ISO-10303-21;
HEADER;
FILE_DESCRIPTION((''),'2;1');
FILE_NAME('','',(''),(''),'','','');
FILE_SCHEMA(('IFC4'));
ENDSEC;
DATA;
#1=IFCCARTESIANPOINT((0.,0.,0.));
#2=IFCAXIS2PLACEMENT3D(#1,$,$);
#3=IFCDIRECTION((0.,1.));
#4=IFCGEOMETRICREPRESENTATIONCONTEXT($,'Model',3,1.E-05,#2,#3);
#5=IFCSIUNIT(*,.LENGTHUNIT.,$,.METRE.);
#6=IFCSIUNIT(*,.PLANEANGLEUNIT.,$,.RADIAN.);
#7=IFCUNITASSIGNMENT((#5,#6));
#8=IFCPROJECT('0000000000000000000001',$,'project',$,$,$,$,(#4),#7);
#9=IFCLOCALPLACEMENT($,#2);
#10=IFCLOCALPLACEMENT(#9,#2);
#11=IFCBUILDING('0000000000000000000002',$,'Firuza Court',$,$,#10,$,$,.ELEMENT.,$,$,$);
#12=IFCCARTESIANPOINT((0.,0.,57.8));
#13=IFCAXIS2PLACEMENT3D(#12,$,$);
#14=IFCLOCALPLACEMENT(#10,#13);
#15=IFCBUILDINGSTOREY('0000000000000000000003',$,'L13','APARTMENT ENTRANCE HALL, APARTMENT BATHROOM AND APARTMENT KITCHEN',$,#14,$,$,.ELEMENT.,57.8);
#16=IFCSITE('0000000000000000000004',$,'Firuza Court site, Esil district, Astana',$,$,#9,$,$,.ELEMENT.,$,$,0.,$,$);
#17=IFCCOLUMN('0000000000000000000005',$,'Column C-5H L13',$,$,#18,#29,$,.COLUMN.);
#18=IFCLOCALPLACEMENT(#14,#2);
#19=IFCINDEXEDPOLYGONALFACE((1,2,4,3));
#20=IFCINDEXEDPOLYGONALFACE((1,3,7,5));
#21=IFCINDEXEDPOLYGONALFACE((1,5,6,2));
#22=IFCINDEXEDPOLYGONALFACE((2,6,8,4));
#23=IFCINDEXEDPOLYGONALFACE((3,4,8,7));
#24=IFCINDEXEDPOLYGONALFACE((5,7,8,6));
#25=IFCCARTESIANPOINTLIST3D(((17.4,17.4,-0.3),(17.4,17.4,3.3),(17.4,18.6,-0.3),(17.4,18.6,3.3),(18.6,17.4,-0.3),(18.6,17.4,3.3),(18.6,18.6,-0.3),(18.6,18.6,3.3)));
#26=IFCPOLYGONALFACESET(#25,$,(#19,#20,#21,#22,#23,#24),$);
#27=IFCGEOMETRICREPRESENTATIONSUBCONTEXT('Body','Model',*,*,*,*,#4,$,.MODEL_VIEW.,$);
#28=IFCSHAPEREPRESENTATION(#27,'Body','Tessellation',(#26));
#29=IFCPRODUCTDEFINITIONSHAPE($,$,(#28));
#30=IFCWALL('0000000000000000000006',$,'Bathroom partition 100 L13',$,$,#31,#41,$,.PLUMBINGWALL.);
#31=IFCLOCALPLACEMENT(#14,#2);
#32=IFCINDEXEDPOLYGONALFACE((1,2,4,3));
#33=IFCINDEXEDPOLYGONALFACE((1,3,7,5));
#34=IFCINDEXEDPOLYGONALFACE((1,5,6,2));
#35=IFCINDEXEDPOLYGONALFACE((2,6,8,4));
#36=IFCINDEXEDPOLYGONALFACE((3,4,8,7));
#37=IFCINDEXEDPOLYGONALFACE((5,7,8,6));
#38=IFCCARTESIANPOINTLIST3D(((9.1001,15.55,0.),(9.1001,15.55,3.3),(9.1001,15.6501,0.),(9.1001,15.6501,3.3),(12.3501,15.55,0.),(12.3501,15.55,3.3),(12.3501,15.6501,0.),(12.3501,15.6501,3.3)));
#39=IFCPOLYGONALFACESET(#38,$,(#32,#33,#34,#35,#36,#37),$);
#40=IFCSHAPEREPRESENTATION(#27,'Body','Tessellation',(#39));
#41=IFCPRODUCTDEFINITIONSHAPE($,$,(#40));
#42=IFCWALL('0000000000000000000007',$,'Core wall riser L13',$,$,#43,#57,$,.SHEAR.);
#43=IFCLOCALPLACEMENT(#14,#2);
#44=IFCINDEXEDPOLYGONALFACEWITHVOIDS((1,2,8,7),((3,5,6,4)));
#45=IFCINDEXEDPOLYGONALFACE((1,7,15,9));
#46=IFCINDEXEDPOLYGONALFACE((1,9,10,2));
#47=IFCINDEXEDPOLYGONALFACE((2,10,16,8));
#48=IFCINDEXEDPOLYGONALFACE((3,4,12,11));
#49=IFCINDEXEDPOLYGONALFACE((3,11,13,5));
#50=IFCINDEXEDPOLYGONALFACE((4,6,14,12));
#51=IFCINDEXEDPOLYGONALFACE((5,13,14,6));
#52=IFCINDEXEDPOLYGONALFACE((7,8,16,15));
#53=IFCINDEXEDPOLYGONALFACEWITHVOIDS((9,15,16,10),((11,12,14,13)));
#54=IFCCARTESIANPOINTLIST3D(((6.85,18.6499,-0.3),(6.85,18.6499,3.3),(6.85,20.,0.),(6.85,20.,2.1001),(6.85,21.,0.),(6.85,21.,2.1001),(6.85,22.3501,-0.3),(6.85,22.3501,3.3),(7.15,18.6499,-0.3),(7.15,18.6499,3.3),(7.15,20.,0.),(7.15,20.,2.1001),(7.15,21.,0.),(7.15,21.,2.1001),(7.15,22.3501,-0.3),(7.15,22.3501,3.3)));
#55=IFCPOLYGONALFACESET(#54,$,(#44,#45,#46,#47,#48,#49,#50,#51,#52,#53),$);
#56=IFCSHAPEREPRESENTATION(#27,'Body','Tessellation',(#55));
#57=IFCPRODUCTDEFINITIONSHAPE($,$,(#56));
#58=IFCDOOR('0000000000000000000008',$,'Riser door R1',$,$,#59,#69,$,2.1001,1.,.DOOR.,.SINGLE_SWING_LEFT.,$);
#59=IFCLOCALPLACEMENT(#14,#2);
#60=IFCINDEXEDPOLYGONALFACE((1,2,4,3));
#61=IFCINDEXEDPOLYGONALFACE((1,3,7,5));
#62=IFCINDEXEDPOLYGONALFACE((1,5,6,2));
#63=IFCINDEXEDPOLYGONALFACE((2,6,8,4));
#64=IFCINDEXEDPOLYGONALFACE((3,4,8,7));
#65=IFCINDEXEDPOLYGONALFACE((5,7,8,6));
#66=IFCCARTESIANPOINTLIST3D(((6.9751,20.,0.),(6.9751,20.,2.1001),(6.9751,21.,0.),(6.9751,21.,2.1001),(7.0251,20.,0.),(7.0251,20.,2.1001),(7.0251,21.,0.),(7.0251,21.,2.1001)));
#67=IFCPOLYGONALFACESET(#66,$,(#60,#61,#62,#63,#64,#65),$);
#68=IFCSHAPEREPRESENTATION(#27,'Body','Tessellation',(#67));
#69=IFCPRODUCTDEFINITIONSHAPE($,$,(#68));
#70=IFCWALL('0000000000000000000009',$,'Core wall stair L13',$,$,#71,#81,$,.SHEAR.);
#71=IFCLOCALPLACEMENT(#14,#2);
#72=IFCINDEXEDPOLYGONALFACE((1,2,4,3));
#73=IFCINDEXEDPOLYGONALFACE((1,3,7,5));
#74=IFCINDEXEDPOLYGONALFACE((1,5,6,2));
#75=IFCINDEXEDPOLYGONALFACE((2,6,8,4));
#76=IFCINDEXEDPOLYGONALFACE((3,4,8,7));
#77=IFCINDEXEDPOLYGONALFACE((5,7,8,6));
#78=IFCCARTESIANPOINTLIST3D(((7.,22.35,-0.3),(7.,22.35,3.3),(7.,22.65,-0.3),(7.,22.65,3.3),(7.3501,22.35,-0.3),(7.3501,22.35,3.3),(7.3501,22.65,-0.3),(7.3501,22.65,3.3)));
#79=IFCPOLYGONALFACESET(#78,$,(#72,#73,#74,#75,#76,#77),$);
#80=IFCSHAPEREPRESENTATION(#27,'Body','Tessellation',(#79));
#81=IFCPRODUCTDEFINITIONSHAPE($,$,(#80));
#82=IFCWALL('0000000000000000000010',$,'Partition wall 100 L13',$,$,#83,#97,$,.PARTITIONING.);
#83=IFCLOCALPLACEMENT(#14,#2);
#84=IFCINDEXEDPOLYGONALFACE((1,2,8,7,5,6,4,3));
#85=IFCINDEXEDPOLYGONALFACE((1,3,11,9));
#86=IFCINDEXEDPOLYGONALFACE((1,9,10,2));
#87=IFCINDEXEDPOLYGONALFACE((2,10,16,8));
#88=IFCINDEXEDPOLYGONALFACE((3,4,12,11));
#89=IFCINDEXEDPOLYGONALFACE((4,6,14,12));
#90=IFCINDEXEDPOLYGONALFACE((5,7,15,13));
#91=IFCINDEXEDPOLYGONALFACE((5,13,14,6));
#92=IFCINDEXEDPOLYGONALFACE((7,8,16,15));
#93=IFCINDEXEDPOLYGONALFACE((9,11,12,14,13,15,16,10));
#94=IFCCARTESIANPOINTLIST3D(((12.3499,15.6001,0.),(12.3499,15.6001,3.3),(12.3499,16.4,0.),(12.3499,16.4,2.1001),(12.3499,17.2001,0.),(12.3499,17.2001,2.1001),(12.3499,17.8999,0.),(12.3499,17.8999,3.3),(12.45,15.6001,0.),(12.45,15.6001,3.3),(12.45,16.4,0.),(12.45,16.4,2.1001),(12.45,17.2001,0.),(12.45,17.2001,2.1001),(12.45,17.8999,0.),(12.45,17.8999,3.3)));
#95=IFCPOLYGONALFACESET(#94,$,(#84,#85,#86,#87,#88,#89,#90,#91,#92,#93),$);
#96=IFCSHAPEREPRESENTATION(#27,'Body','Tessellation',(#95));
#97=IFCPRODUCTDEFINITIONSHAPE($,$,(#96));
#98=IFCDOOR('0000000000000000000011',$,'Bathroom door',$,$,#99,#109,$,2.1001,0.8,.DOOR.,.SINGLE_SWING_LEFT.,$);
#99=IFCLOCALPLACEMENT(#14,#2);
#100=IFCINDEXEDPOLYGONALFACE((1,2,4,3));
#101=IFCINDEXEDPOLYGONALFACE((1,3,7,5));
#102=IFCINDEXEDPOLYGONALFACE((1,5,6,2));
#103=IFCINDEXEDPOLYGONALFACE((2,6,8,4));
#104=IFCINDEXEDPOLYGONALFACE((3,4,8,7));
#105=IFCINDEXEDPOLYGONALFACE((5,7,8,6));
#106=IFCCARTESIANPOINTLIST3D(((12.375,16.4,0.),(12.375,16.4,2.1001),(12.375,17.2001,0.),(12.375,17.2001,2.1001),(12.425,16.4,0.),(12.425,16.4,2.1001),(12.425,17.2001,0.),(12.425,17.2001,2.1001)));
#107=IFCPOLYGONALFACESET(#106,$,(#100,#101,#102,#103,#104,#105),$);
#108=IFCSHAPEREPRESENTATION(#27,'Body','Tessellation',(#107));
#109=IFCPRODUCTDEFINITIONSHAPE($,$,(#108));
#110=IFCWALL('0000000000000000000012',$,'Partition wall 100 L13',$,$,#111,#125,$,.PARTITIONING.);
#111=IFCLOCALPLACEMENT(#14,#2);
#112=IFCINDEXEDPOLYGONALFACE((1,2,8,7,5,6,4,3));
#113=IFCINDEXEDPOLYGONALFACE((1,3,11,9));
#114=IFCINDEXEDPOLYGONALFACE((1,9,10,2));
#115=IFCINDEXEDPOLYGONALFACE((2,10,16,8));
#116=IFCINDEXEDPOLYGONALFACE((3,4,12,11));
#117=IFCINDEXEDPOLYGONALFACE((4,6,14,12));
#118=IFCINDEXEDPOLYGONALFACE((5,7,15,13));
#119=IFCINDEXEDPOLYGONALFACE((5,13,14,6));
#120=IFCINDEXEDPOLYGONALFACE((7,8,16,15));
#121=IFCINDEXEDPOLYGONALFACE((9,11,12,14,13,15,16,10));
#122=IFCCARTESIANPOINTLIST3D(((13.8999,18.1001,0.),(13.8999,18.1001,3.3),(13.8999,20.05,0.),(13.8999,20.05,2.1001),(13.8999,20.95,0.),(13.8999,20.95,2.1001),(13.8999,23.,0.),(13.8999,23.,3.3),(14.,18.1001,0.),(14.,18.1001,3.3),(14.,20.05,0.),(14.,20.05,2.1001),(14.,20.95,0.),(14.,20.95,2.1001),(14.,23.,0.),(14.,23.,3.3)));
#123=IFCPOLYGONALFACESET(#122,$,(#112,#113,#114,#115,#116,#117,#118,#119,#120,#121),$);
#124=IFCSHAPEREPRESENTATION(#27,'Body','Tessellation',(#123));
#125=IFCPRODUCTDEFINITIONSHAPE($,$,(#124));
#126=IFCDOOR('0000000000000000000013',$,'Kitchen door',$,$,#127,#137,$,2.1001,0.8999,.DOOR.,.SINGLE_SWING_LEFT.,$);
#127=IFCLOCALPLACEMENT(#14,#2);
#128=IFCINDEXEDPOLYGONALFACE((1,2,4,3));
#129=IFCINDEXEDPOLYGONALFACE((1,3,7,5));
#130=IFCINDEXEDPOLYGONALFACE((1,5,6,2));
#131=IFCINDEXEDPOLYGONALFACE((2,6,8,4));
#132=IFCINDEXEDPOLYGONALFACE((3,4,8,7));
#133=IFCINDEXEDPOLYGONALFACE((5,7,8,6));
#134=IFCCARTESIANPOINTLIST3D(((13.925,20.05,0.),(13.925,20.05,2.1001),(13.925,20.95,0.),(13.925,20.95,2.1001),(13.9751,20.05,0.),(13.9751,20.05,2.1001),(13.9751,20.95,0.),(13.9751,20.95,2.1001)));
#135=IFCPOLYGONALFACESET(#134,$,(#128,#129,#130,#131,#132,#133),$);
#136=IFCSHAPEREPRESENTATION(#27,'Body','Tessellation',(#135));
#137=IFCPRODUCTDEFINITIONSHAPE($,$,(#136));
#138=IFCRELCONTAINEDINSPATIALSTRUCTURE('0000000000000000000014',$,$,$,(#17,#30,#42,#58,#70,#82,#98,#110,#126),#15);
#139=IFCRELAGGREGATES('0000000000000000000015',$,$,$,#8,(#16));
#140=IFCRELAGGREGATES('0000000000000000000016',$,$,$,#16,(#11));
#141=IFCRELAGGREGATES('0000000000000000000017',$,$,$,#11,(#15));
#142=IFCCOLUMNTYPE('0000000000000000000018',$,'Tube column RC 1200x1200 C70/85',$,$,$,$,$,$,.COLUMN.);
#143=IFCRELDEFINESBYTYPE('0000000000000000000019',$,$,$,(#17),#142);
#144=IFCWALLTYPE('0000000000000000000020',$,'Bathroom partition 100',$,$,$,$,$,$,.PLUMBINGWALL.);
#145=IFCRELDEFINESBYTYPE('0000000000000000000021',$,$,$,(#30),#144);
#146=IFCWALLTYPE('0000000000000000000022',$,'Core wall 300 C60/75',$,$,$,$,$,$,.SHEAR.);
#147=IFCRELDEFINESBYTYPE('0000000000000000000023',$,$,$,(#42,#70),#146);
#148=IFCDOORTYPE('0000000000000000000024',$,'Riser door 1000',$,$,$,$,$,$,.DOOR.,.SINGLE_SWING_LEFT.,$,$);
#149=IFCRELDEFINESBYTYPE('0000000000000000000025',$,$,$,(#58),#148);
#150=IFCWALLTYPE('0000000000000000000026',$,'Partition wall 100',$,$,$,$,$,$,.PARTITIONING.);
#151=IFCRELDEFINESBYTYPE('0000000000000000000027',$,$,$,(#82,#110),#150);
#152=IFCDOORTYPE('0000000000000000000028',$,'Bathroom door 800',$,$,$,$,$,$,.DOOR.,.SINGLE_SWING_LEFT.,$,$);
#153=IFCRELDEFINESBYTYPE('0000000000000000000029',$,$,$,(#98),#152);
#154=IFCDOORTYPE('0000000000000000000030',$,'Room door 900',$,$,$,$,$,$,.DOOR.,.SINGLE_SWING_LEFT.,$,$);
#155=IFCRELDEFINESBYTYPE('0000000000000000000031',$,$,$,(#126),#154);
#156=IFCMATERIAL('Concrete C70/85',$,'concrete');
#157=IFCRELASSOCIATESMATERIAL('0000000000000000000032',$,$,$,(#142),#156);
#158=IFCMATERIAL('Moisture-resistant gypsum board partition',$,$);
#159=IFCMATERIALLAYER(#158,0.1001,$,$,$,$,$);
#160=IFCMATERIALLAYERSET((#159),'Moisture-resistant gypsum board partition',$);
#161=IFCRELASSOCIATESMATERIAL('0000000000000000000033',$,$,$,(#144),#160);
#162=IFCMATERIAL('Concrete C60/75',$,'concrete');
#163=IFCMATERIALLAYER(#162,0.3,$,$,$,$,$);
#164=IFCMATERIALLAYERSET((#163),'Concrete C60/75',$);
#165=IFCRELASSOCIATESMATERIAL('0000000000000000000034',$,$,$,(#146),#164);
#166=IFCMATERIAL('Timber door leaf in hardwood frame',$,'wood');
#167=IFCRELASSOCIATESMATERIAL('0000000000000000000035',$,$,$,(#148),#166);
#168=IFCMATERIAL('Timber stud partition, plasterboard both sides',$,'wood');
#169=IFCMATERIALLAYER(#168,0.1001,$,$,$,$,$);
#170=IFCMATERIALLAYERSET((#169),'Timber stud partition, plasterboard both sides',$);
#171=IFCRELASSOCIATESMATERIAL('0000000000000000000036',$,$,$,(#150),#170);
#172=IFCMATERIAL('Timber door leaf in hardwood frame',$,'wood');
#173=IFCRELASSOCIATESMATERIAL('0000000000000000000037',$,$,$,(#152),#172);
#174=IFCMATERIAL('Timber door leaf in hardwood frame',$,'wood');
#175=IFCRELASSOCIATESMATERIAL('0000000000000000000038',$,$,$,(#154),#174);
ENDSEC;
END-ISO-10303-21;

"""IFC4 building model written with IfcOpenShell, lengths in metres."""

from ifc_helpers import new_model, si_unit, direction, frame, frame_2d, origin, origin_2d, place, context, subcontext, project, spatial, rectangle, extrude, material, layer, layer_set, material_profile, profile_set, type_object, element, fill, save


model = new_model("IFC4")

# Units and contexts
model_context = context("Model", 3, precision=1e-05, world=origin(), true_north=direction((0.0, 1.0)))
body_context = subcontext(model_context, "Body", "Model", "MODEL_VIEW")
ifc_project = project(units=[si_unit("LENGTHUNIT", "METRE"), si_unit("PLANEANGLEUNIT", "RADIAN")], contexts=[model_context])

# Site, building, storey
site_placement = place(None, origin())
site = spatial("IfcSite", under=ifc_project, at=site_placement, Name="Firuza Court site, Esil district, Astana", CompositionType="ELEMENT", RefElevation=0.0)
building_placement = place(site_placement, origin())
building = spatial("IfcBuilding", under=site, at=building_placement, Name="Firuza Court", CompositionType="ELEMENT")
storey_placement = place(building_placement, frame((0.0, 0.0, 57.8)))
storey = spatial("IfcBuildingStorey", under=building, at=storey_placement, Name="L13", Description="APARTMENT ENTRANCE HALL, APARTMENT BATHROOM AND APARTMENT KITCHEN", CompositionType="ELEMENT", Elevation=57.8)

# Column
ifc_material_1 = material(Name="Concrete C70/85", Category="concrete")
ifc_material_profile = material_profile(ifc_material_1, rectangle(XDim=1.2, YDim=1.2, at=origin_2d()), Name="RC 1200x1200")
ifc_profile_set = profile_set([ifc_material_profile], Name="Concrete C70/85")
column_type = type_object("IfcColumnType", Name="Tube column RC 1200x1200 C70/85", PredefinedType="COLUMN", material=ifc_profile_set)
column_placement = place(storey_placement, frame((18.0, 18.0, -0.3), z_axis=(0.0, 0.0, 1.0), x_axis=(1.0, 0.0, 0.0)))
element("IfcColumn", 1, at=column_placement, inside=storey, type_object=column_type, Name="Column C-5H L13", PredefinedType="COLUMN", context=body_context, shape_type="SweptSolid", body=[
    extrude(rectangle(XDim=1.2, YDim=1.2, at=origin_2d()), origin(), (0.0, 0.0, 1.0), 3.6001),
])

# Wall
ifc_material_2 = material(Name="Moisture-resistant gypsum board partition")
ifc_layer_1 = layer(ifc_material_2, 0.1001)
ifc_layer_set_1 = layer_set([ifc_layer_1], Name="Moisture-resistant gypsum board partition")
wall_type_1 = type_object("IfcWallType", Name="Bathroom partition 100", PredefinedType="PLUMBINGWALL", material=ifc_layer_set_1)
wall_1_placement = place(storey_placement, frame((9.1001, 15.6001, 0.0), z_axis=(0.0, 0.0, 1.0), x_axis=(1.0, 0.0, 0.0)))
element("IfcWall", 2, at=wall_1_placement, inside=storey, type_object=wall_type_1, Name="Bathroom partition 100 L13", PredefinedType="PLUMBINGWALL", context=body_context, shape_type="SweptSolid", body=[
    extrude(rectangle(XDim=3.25, YDim=0.1001, at=frame_2d((1.625, 0.0))), origin(), (0.0, 0.0, 1.0), 3.3),
])

# Wall, opening, door
ifc_material_3 = material(Name="Concrete C60/75", Category="concrete")
ifc_layer_2 = layer(ifc_material_3, 0.3)
ifc_layer_set_2 = layer_set([ifc_layer_2], Name="Concrete C60/75")
wall_type_2 = type_object("IfcWallType", Name="Core wall 300 C60/75", PredefinedType="SHEAR", material=ifc_layer_set_2)
wall_2_placement = place(storey_placement, frame((7.0, 18.6499, -0.3), z_axis=(0.0, 0.0, 1.0), x_axis=(0.0, 1.0, 0.0)))
wall_2 = element("IfcWall", 3, at=wall_2_placement, inside=storey, type_object=wall_type_2, Name="Core wall riser L13", PredefinedType="SHEAR", context=body_context, shape_type="SweptSolid", body=[
    extrude(rectangle(XDim=3.7002, YDim=0.3, at=frame_2d((1.8501, 0.0))), origin(), (0.0, 0.0, 1.0), 3.6001),
])
opening_1_placement = place(wall_2_placement, frame((1.3501, 0.0, 0.3)))
opening_1 = element("IfcOpeningElement", 4, at=opening_1_placement, cuts=wall_2, PredefinedType="OPENING", context=body_context, shape_type="SweptSolid", body=[
    extrude(rectangle(XDim=1.0, YDim=2.1001, at=frame_2d((0.5, 1.05))), frame((0.0, 0.1621, 0.0), z_axis=(0.0, -1.0, 0.0), x_axis=(1.0, 0.0, 0.0)), (0.0, 0.0, 1.0), 0.324),
])
ifc_material_4 = material(Name="Timber door leaf in hardwood frame", Category="wood")
door_type_1 = type_object("IfcDoorType", Name="Riser door 1000", OperationType="SINGLE_SWING_LEFT", PredefinedType="DOOR", material=ifc_material_4)
door_1_placement = place(opening_1_placement, origin())
door_1 = element("IfcDoor", 5, at=door_1_placement, inside=storey, type_object=door_type_1, Name="Riser door R1", OperationType="SINGLE_SWING_LEFT", OverallHeight=2.1001, OverallWidth=1.0, PredefinedType="DOOR", context=body_context, shape_type="SweptSolid", body=[
    extrude(rectangle(XDim=1.0, YDim=2.1001, at=frame_2d((0.5, 1.05))), frame((0.0, 0.0249, 0.0), z_axis=(0.0, -1.0, 0.0), x_axis=(1.0, 0.0, 0.0)), (0.0, 0.0, 1.0), 0.05),
])
fill(opening_1, door_1)

# Wall
wall_3_placement = place(storey_placement, frame((7.0, 22.5, -0.3), z_axis=(0.0, 0.0, 1.0), x_axis=(1.0, 0.0, 0.0)))
element("IfcWall", 6, at=wall_3_placement, inside=storey, type_object=wall_type_2, Name="Core wall stair L13", PredefinedType="SHEAR", context=body_context, shape_type="SweptSolid", body=[
    extrude(rectangle(XDim=0.3501, YDim=0.3, at=frame_2d((0.175, 0.0))), origin(), (0.0, 0.0, 1.0), 3.6001),
])

# Walls, openings, doors
ifc_material_5 = material(Name="Timber stud partition, plasterboard both sides", Category="wood")
ifc_layer_3 = layer(ifc_material_5, 0.1001)
ifc_layer_set_3 = layer_set([ifc_layer_3], Name="Timber stud partition, plasterboard both sides")
wall_type_3 = type_object("IfcWallType", Name="Partition wall 100", PredefinedType="PARTITIONING", material=ifc_layer_set_3)
wall_4_placement = place(storey_placement, frame((12.3999, 15.6001, 0.0), z_axis=(0.0, 0.0, 1.0), x_axis=(0.0, 1.0, 0.0)))
wall_4 = element("IfcWall", 7, at=wall_4_placement, inside=storey, type_object=wall_type_3, Name="Partition wall 100 L13", PredefinedType="PARTITIONING", context=body_context, shape_type="SweptSolid", body=[
    extrude(rectangle(XDim=2.2998, YDim=0.1001, at=frame_2d((1.1499, 0.0))), origin(), (0.0, 0.0, 1.0), 3.3),
])
opening_2_placement = place(wall_4_placement, frame((0.8, 0.0, 0.0)))
opening_2 = element("IfcOpeningElement", 8, at=opening_2_placement, cuts=wall_4, PredefinedType="OPENING", context=body_context, shape_type="SweptSolid", body=[
    extrude(rectangle(XDim=0.8, YDim=2.1001, at=frame_2d((0.3999, 1.05))), frame((0.0, 0.062, 0.0), z_axis=(0.0, -1.0, 0.0), x_axis=(1.0, 0.0, 0.0)), (0.0, 0.0, 1.0), 0.124),
])
ifc_material_6 = material(Name="Timber door leaf in hardwood frame", Category="wood")
door_type_2 = type_object("IfcDoorType", Name="Bathroom door 800", OperationType="SINGLE_SWING_LEFT", PredefinedType="DOOR", material=ifc_material_6)
door_2_placement = place(opening_2_placement, origin())
door_2 = element("IfcDoor", 9, at=door_2_placement, inside=storey, type_object=door_type_2, Name="Bathroom door", OperationType="SINGLE_SWING_LEFT", OverallHeight=2.1001, OverallWidth=0.8, PredefinedType="DOOR", context=body_context, shape_type="SweptSolid", body=[
    extrude(rectangle(XDim=0.8, YDim=2.1001, at=frame_2d((0.3999, 1.05))), frame((0.0, 0.0249, 0.0), z_axis=(0.0, -1.0, 0.0), x_axis=(1.0, 0.0, 0.0)), (0.0, 0.0, 1.0), 0.05),
])
fill(opening_2, door_2)
wall_5_placement = place(storey_placement, frame((13.95, 18.1001, 0.0), z_axis=(0.0, 0.0, 1.0), x_axis=(0.0, 1.0, 0.0)))
wall_5 = element("IfcWall", 10, at=wall_5_placement, inside=storey, type_object=wall_type_3, Name="Partition wall 100 L13", PredefinedType="PARTITIONING", context=body_context, shape_type="SweptSolid", body=[
    extrude(rectangle(XDim=4.8999, YDim=0.1001, at=frame_2d((2.45, 0.0))), origin(), (0.0, 0.0, 1.0), 3.3),
])
opening_3_placement = place(wall_5_placement, frame((1.95, 0.0, 0.0)))
opening_3 = element("IfcOpeningElement", 11, at=opening_3_placement, cuts=wall_5, PredefinedType="OPENING", context=body_context, shape_type="SweptSolid", body=[
    extrude(rectangle(XDim=0.8999, YDim=2.1001, at=frame_2d((0.45, 1.05))), frame((0.0, 0.062, 0.0), z_axis=(0.0, -1.0, 0.0), x_axis=(1.0, 0.0, 0.0)), (0.0, 0.0, 1.0), 0.124),
])
ifc_material_7 = material(Name="Timber door leaf in hardwood frame", Category="wood")
door_type_3 = type_object("IfcDoorType", Name="Room door 900", OperationType="SINGLE_SWING_LEFT", PredefinedType="DOOR", material=ifc_material_7)
door_3_placement = place(opening_3_placement, origin())
door_3 = element("IfcDoor", 12, at=door_3_placement, inside=storey, type_object=door_type_3, Name="Kitchen door", OperationType="SINGLE_SWING_LEFT", OverallHeight=2.1001, OverallWidth=0.8999, PredefinedType="DOOR", context=body_context, shape_type="SweptSolid", body=[
    extrude(rectangle(XDim=0.8999, YDim=2.1001, at=frame_2d((0.45, 1.05))), frame((0.0, 0.0249, 0.0), z_axis=(0.0, -1.0, 0.0), x_axis=(1.0, 0.0, 0.0)), (0.0, 0.0, 1.0), 0.05),
])
fill(opening_3, door_3)

save(model, "model.ifc")
